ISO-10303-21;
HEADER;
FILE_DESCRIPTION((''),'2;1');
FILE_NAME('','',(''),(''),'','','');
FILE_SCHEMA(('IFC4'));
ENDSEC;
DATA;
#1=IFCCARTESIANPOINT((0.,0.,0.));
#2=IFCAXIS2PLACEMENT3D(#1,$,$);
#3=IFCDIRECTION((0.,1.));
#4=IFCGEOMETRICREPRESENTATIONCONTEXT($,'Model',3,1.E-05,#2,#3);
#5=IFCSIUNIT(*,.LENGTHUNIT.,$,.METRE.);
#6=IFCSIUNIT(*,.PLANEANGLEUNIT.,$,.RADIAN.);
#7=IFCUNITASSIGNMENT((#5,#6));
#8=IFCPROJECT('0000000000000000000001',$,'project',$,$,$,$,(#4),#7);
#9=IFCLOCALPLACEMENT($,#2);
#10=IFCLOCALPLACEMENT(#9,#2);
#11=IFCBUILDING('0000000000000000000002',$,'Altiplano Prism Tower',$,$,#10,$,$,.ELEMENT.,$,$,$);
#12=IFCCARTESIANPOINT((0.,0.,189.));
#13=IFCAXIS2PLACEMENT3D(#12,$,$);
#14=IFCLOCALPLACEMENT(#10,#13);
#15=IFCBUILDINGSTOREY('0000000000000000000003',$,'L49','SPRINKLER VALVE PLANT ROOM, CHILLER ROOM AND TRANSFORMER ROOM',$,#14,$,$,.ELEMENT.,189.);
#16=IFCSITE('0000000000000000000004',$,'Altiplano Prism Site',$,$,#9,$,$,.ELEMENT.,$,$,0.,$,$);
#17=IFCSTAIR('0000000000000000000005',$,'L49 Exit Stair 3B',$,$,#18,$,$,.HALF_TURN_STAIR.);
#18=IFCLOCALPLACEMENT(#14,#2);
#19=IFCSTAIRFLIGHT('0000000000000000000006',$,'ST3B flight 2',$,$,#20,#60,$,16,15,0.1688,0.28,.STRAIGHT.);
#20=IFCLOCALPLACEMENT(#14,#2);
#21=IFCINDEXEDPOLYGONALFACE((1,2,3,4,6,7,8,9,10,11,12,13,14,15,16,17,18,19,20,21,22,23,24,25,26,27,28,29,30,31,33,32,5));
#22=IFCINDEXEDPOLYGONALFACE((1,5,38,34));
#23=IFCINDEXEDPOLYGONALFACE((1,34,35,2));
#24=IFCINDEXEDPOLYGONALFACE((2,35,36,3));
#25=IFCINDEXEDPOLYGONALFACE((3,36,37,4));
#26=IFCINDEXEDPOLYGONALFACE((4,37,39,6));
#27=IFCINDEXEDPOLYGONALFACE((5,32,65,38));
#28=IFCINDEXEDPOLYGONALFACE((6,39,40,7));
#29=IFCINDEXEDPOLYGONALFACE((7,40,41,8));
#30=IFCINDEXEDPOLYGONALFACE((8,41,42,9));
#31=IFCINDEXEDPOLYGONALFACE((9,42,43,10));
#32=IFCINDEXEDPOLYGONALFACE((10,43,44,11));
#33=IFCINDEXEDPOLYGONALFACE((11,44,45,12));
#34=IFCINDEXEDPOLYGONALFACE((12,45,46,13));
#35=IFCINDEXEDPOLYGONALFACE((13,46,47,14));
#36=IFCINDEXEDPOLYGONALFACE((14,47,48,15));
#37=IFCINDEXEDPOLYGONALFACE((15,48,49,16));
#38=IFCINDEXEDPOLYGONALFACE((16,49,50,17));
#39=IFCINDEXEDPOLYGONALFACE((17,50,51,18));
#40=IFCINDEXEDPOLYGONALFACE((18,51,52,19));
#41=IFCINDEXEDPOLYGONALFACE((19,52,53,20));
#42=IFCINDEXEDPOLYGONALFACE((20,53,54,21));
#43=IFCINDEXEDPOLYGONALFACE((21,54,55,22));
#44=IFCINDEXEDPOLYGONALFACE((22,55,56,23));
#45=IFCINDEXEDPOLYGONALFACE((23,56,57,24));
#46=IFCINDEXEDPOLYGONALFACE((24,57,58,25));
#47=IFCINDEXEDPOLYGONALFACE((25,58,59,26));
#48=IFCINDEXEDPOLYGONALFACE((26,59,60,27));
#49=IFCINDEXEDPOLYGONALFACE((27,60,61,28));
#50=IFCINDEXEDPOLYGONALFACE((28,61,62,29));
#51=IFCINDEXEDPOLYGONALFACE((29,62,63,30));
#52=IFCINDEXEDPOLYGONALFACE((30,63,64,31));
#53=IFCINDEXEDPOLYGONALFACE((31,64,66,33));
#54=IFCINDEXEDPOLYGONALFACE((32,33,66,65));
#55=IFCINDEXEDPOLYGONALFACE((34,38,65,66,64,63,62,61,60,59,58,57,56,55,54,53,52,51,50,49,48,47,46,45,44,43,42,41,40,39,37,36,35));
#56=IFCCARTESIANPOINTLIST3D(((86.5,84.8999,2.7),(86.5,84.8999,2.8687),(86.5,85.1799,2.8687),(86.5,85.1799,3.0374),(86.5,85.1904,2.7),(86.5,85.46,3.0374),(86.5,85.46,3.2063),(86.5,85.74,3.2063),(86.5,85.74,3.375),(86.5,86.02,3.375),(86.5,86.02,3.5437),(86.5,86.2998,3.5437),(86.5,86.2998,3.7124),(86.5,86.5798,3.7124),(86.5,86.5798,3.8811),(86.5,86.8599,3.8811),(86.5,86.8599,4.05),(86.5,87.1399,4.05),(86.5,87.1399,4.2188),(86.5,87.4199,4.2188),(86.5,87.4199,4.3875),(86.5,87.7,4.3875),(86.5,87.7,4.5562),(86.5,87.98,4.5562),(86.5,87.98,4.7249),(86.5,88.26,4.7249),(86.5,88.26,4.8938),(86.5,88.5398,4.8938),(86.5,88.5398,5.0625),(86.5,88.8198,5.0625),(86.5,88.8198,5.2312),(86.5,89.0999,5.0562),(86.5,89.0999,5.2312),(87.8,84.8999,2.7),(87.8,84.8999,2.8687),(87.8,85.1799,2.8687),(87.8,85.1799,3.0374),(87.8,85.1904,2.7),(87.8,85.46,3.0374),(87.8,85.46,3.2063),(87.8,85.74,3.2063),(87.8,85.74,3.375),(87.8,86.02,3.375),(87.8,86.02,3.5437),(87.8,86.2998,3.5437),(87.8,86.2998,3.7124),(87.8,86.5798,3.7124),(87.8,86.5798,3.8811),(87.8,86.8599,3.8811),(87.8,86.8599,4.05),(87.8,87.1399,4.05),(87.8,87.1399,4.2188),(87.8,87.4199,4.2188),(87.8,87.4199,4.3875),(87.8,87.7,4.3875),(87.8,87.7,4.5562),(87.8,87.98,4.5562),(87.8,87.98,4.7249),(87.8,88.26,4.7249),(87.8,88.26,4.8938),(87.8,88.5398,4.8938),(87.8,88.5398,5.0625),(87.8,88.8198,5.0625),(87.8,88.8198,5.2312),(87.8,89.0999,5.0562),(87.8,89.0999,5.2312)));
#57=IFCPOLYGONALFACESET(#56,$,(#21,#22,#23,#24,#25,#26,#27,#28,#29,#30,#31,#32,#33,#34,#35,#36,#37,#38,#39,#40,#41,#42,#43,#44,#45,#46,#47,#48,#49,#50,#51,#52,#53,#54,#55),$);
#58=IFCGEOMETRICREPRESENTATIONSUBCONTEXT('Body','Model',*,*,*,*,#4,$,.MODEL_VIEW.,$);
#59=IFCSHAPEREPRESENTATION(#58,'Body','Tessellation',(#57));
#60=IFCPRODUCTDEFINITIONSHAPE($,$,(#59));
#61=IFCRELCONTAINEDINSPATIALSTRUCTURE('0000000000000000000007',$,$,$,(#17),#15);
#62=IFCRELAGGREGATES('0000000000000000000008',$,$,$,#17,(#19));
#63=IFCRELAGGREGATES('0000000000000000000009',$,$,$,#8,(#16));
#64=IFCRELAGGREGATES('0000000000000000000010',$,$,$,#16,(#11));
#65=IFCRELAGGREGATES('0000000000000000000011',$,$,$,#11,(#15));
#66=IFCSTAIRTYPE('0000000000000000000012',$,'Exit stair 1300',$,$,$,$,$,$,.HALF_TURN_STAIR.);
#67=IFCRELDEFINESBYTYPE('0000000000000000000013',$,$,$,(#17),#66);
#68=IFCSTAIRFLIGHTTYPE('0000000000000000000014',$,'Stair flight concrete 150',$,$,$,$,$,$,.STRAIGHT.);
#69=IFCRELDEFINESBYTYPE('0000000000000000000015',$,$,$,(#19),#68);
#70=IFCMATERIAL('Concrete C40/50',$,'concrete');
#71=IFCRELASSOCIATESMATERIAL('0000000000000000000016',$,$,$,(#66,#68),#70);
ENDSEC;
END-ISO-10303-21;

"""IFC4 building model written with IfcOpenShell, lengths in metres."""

from ifc_helpers import new_model, si_unit, direction, frame, origin, place, context, subcontext, project, spatial, polyline, outline, extrude, material, type_object, element, aggregate, save


model = new_model("IFC4")

# Units and contexts
model_context = context("Model", 3, precision=1e-05, world=origin(), true_north=direction((0.0, 1.0)))
body_context = subcontext(model_context, "Body", "Model", "MODEL_VIEW")
ifc_project = project(units=[si_unit("LENGTHUNIT", "METRE"), si_unit("PLANEANGLEUNIT", "RADIAN")], contexts=[model_context])

# Site, building, storey
site_placement = place(None, origin())
site = spatial("IfcSite", under=ifc_project, at=site_placement, Name="Altiplano Prism Site", CompositionType="ELEMENT", RefElevation=0.0)
building_placement = place(site_placement, origin())
building = spatial("IfcBuilding", under=site, at=building_placement, Name="Altiplano Prism Tower", CompositionType="ELEMENT")
storey_placement = place(building_placement, frame((0.0, 0.0, 189.0)))
storey = spatial("IfcBuildingStorey", under=building, at=storey_placement, Name="L49", Description="SPRINKLER VALVE PLANT ROOM, CHILLER ROOM AND TRANSFORMER ROOM", CompositionType="ELEMENT", Elevation=189.0)

# Stair, stair flight
ifc_material_1 = material(Name="Concrete C40/50", Category="concrete")
stair_type = type_object("IfcStairType", Name="Exit stair 1300", PredefinedType="HALF_TURN_STAIR", material=ifc_material_1)
stair_flight_type = type_object("IfcStairFlightType", Name="Stair flight concrete 150", PredefinedType="STRAIGHT", material=ifc_material_1)
stair_1_placement = place(storey_placement, origin())
stair_1 = element("IfcStair", 1, at=stair_1_placement, inside=storey, type_object=stair_type, Name="L49 Exit Stair 3B", PredefinedType="HALF_TURN_STAIR")
stair_flight_1_placement = place(storey_placement, frame((87.1499, 84.8999, 2.7), z_axis=(0.0, 0.0, 1.0), x_axis=(0.0, 1.0, 0.0)))
stair_flight_1 = element("IfcStairFlight", 2, at=stair_flight_1_placement, type_object=stair_flight_type, Name="ST3B flight 2", NumberOfRisers=16, NumberOfTreads=15, PredefinedType="STRAIGHT", RiserHeight=0.1688, TreadLength=0.28, context=body_context, shape_type="SweptSolid", body=[
    extrude(outline(polyline([(0.0, 0.0), (0.0, 0.1687), (0.28, 0.1687), (0.28, 0.3374), (0.5601, 0.3374), (0.5601, 0.5063), (0.8401, 0.5063), (0.8401, 0.675), (1.1201, 0.675), (1.1201, 0.8438), (1.3999, 0.8438), (1.3999, 1.0125), (1.6799, 1.0125), (1.6799, 1.1812), (1.96, 1.1812), (1.96, 1.3501), (2.24, 1.3501), (2.24, 1.5188), (2.52, 1.5188), (2.52, 1.6875), (2.8, 1.6875), (2.8, 1.8562), (3.0801, 1.8562), (3.0801, 2.0249), (3.3601, 2.0249), (3.3601, 2.1938), (3.6399, 2.1938), (3.6399, 2.3625), (3.9199, 2.3625), (3.9199, 2.5312), (4.2, 2.5312), (4.2, 2.7), (4.2, 2.3562), (0.2905, 0.0), (0.0, 0.0)])), frame((0.0, 0.6499, 0.0), z_axis=(0.0, -1.0, 0.0), x_axis=(1.0, 0.0, 0.0)), (0.0, 0.0, 1.0), 1.3),
])
aggregate(stair_1, [stair_flight_1])

save(model, "model.ifc")
